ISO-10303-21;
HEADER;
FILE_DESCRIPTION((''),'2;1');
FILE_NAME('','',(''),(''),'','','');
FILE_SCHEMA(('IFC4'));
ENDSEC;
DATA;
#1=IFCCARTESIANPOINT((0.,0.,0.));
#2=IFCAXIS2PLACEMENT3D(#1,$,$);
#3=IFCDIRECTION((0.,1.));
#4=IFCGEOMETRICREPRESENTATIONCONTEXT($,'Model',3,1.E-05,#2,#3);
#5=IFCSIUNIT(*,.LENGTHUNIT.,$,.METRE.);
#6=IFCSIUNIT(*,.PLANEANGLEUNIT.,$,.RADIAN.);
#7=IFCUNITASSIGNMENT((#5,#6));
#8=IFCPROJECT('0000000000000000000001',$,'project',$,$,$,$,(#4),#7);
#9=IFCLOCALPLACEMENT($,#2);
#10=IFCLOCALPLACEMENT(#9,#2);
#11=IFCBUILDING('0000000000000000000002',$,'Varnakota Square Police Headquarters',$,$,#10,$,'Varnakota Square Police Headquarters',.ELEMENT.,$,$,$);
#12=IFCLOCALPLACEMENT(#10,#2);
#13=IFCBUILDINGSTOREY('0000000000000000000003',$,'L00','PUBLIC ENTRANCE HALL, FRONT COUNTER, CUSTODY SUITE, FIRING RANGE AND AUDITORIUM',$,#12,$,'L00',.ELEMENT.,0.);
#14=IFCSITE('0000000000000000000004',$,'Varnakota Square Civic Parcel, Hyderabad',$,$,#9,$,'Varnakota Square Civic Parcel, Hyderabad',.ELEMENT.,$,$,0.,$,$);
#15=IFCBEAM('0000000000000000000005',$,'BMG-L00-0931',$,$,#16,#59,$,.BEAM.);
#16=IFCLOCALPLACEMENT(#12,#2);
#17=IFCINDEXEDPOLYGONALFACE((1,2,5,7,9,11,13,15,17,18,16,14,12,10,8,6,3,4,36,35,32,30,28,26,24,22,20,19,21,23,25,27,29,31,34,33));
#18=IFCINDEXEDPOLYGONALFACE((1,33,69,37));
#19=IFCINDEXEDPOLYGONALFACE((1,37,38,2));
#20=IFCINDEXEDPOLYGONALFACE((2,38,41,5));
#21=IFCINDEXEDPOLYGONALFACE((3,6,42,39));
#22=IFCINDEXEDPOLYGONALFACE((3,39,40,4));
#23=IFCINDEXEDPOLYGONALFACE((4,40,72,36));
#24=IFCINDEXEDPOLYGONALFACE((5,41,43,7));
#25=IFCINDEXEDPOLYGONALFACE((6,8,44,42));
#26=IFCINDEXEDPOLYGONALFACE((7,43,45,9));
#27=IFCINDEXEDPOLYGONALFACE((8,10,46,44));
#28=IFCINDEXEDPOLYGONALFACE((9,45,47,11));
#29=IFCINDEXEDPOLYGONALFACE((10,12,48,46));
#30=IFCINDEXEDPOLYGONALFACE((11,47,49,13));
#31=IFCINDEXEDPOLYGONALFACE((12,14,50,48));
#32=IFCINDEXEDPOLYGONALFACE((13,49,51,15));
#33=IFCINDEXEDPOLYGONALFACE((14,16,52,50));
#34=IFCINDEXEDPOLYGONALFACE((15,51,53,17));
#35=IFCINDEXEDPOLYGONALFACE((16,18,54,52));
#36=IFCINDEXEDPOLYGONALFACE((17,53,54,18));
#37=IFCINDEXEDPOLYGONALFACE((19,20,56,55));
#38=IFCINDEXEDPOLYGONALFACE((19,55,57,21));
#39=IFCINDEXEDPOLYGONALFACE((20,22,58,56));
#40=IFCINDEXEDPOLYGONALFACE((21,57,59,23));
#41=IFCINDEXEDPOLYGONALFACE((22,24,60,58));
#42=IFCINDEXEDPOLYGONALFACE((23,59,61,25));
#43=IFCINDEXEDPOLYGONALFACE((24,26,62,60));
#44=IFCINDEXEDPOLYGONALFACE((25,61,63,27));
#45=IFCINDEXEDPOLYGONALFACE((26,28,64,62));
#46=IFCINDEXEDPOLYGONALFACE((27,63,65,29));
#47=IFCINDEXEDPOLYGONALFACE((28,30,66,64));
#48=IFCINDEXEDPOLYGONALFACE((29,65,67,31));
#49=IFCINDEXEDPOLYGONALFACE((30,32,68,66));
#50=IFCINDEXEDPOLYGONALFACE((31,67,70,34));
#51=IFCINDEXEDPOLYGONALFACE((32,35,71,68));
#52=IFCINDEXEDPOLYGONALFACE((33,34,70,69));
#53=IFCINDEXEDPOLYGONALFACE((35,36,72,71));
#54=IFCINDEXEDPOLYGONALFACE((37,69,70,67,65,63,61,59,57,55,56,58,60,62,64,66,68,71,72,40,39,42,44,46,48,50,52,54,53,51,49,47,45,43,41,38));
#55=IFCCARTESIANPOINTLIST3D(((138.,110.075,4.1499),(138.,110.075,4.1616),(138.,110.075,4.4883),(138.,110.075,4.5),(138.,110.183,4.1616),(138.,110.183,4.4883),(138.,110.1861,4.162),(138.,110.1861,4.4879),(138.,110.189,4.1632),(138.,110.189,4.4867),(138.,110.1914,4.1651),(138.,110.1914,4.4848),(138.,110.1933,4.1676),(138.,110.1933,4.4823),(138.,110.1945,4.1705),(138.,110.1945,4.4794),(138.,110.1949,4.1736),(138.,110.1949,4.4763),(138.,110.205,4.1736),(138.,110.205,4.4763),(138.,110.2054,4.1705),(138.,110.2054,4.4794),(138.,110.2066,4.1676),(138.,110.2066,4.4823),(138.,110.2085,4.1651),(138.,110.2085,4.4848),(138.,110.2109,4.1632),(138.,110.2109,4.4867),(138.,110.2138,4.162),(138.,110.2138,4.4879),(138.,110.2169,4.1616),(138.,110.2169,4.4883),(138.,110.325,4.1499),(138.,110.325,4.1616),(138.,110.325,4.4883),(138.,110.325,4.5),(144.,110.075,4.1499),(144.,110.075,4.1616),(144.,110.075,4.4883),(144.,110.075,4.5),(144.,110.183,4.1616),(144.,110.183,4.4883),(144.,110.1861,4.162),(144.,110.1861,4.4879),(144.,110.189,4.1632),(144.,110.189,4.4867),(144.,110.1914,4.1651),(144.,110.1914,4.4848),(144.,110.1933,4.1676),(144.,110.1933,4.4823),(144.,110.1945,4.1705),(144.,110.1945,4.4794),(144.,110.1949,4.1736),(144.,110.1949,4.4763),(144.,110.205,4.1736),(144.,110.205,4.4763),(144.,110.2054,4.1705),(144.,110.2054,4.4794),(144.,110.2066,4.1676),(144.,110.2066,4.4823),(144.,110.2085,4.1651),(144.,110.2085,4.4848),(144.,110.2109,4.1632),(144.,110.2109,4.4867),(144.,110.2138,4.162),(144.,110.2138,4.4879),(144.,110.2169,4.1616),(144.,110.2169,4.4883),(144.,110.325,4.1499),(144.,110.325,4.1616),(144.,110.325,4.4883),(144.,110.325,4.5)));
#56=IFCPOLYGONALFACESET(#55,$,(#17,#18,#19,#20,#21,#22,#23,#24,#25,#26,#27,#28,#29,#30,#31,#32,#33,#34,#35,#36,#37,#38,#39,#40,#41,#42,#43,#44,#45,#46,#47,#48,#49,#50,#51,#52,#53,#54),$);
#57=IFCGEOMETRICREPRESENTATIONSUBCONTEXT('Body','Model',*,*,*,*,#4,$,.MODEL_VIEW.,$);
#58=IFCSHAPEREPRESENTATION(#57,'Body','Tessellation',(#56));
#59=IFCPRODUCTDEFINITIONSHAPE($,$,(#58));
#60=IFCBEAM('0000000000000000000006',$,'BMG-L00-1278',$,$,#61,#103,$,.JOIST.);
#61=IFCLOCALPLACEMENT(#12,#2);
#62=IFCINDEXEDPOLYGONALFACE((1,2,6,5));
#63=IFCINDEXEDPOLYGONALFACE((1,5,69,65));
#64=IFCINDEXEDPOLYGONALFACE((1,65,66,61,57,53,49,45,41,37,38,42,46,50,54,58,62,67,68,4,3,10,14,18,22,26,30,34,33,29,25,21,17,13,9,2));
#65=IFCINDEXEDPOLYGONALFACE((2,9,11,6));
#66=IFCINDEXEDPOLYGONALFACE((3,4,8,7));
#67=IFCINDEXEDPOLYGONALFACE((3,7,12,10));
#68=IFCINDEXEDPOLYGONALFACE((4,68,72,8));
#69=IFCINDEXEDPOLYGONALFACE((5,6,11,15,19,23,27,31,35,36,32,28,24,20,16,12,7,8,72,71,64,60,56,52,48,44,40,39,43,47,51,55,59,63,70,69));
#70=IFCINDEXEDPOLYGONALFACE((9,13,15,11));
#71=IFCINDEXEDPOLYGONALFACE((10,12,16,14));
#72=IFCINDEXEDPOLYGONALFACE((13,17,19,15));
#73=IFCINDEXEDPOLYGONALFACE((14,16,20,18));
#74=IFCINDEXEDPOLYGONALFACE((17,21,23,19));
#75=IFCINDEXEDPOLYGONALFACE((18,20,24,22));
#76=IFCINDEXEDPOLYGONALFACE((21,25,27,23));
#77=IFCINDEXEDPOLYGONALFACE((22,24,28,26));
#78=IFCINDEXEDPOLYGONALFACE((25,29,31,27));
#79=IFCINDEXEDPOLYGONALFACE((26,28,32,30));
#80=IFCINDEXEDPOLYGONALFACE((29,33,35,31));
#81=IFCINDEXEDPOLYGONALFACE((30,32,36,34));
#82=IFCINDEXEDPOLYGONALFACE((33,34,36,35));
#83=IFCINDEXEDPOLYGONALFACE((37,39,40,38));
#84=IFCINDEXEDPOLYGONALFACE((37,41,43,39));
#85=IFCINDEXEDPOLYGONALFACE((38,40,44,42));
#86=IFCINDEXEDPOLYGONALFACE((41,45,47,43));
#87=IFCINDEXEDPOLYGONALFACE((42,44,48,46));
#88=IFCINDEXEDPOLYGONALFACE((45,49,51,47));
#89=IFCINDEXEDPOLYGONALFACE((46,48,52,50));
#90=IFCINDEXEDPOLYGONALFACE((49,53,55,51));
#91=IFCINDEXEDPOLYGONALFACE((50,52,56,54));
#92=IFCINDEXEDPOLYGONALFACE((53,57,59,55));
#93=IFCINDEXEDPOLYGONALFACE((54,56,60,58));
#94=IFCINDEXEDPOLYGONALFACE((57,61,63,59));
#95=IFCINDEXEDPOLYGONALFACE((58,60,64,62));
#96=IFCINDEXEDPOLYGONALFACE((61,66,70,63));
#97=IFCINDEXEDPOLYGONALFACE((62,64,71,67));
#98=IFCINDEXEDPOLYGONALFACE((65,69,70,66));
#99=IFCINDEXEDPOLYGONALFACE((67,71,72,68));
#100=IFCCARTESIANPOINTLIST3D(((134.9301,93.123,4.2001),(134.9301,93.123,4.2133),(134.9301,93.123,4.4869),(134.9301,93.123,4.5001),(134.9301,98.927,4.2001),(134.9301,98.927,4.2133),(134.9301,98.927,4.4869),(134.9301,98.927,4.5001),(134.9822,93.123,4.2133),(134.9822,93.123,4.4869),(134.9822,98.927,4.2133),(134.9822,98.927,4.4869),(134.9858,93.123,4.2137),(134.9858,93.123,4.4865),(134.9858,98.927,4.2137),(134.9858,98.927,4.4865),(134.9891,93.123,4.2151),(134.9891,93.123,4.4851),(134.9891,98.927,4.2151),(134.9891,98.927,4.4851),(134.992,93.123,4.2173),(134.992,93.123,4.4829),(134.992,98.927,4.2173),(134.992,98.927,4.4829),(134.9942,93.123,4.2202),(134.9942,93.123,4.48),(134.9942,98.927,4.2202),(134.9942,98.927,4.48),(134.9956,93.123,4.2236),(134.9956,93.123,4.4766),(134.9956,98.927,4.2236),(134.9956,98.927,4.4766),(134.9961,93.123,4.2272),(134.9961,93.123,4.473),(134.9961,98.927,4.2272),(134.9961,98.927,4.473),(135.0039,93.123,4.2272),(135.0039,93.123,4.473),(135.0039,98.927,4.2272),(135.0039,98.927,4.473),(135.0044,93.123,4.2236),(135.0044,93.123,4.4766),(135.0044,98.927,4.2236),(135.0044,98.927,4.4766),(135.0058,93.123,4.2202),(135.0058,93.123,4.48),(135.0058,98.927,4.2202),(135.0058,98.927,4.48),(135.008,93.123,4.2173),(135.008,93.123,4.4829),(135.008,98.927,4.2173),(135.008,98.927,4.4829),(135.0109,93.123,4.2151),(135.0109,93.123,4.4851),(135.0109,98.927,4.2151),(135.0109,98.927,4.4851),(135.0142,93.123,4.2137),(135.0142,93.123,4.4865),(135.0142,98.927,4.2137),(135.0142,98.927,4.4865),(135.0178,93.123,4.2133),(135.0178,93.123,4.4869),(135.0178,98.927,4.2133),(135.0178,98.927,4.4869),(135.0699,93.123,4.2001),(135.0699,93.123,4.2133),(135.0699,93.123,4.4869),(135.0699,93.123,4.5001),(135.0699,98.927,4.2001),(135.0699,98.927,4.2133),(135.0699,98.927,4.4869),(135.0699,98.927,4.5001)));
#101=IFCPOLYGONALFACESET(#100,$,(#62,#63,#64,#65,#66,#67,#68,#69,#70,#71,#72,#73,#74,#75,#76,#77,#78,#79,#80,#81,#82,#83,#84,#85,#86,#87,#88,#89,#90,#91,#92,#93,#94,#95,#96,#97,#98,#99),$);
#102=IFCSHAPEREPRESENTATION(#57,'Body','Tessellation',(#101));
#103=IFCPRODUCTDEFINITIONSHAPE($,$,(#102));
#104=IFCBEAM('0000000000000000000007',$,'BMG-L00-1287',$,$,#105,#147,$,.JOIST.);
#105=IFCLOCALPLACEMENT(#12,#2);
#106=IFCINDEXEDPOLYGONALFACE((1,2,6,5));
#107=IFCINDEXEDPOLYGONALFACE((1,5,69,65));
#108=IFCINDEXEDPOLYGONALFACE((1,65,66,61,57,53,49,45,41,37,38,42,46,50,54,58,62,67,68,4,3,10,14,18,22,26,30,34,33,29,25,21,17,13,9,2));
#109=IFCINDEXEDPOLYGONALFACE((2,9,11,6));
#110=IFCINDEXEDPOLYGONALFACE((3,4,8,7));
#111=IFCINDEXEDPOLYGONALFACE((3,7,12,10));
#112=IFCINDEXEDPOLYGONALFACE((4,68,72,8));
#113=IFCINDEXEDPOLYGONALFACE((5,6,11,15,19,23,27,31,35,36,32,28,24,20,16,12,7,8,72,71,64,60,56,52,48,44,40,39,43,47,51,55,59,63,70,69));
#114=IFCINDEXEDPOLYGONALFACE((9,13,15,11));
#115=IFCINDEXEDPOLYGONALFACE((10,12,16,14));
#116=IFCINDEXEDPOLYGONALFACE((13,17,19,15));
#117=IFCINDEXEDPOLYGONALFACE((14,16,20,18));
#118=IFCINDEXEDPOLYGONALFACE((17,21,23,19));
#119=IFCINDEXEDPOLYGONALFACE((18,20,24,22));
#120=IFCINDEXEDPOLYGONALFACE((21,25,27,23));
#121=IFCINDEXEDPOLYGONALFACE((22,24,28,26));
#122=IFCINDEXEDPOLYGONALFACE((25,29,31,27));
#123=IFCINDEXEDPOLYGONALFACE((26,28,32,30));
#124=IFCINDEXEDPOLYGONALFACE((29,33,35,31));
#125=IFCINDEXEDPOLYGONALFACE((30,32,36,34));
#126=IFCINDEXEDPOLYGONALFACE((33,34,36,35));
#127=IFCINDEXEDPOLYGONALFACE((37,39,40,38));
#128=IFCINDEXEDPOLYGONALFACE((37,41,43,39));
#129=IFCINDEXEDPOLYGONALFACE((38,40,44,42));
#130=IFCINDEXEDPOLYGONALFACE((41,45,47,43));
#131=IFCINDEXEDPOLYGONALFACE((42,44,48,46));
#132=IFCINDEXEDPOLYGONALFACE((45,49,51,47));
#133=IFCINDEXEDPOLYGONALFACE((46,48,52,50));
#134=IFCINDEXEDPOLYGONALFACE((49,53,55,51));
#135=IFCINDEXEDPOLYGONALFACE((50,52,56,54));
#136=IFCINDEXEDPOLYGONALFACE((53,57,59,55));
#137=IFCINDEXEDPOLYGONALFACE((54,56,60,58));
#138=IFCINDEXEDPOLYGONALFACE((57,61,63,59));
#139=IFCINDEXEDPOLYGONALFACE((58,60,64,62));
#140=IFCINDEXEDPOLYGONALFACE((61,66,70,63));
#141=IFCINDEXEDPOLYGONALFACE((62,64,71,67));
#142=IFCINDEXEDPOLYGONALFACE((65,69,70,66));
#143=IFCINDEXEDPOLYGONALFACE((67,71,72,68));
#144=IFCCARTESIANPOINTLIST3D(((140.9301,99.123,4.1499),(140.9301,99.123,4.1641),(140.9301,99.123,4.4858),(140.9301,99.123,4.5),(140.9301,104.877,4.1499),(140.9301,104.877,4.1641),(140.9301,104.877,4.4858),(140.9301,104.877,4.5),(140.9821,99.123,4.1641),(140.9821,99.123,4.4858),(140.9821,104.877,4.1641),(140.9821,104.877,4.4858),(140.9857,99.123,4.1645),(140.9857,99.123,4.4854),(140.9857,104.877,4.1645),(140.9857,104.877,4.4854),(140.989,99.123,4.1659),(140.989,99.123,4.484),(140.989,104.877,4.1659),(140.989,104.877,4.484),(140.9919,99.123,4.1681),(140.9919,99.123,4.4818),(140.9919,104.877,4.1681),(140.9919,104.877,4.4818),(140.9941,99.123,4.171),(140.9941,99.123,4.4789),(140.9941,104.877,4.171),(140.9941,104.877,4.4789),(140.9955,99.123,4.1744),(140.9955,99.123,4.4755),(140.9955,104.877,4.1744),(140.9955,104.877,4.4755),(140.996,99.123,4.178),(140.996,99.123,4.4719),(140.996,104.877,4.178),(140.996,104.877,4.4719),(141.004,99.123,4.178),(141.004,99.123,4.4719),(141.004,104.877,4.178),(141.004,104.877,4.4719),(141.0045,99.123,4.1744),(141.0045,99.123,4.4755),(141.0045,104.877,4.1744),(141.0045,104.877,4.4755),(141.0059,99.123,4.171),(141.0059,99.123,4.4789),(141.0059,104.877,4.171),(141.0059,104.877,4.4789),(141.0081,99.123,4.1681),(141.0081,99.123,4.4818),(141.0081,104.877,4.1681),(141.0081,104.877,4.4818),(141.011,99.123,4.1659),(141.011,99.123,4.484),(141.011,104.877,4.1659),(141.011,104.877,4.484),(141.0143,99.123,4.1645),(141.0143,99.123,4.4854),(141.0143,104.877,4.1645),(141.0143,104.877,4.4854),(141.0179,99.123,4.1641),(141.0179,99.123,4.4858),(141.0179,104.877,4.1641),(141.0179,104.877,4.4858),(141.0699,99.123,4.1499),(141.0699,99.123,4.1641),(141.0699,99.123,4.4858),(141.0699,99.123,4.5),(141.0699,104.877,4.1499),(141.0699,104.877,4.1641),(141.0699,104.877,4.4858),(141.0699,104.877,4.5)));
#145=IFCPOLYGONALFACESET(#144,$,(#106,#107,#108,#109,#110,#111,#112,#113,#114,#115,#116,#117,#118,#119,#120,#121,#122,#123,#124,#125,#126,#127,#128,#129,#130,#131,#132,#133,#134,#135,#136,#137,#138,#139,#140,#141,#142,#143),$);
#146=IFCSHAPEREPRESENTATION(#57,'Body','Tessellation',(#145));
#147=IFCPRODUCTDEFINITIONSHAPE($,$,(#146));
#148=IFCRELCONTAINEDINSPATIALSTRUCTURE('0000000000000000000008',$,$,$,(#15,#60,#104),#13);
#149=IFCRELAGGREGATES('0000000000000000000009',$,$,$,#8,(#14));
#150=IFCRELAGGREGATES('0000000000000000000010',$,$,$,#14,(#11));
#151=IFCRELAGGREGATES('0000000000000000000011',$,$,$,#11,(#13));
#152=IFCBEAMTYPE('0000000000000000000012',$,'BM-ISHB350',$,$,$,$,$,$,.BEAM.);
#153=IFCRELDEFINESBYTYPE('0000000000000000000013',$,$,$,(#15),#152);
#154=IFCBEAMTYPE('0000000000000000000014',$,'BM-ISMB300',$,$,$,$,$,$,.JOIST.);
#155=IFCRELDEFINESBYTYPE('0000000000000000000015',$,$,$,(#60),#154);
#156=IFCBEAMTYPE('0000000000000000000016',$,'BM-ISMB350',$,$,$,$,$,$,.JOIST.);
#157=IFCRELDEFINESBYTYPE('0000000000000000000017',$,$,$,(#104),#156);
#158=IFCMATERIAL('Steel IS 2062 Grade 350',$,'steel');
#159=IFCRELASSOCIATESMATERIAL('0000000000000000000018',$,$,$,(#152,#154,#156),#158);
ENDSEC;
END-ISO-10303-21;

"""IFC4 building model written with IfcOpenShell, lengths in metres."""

from ifc_helpers import new_model, si_unit, direction, frame, origin, origin_2d, place, context, subcontext, project, spatial, i_section, extrude, material, material_profile, profile_set, type_object, element, save


model = new_model("IFC4")

# Units and contexts
model_context = context("Model", 3, precision=1e-05, world=origin(), true_north=direction((0.0, 1.0)))
body_context = subcontext(model_context, "Body", "Model", "MODEL_VIEW")
ifc_project = project(units=[si_unit("LENGTHUNIT", "METRE"), si_unit("PLANEANGLEUNIT", "RADIAN")], contexts=[model_context])

# Site, building, storey
site_placement = place(None, origin())
site = spatial("IfcSite", under=ifc_project, at=site_placement, Name="Varnakota Square Civic Parcel, Hyderabad", LongName="Varnakota Square Civic Parcel, Hyderabad", CompositionType="ELEMENT", RefElevation=0.0)
building_placement = place(site_placement, origin())
building = spatial("IfcBuilding", under=site, at=building_placement, Name="Varnakota Square Police Headquarters", LongName="Varnakota Square Police Headquarters", CompositionType="ELEMENT")
storey_placement = place(building_placement, origin())
storey = spatial("IfcBuildingStorey", under=building, at=storey_placement, Name="L00", Description="PUBLIC ENTRANCE HALL, FRONT COUNTER, CUSTODY SUITE, FIRING RANGE AND AUDITORIUM", LongName="L00", CompositionType="ELEMENT", Elevation=0.0)

# Beams
ifc_material_1 = material(Name="Steel IS 2062 Grade 350", Category="steel")
ifc_material_profile_1 = material_profile(ifc_material_1, i_section(OverallWidth=0.25, OverallDepth=0.3501, WebThickness=0.01, FlangeThickness=0.0117, FilletRadius=0.012, at=origin_2d()), Name="ISHB 350")
ifc_profile_set_1 = profile_set([ifc_material_profile_1], Name="Steel IS 2062 Grade 350")
beam_type_1 = type_object("IfcBeamType", Name="BM-ISHB350", PredefinedType="BEAM", material=ifc_profile_set_1)
for number, where, z_axis, x_axis, name in (
    (1, (138.0, 110.2, 4.325), (1.0, 0.0, 0.0), (0.0, 1.0, 0.0), "BMG-L00-0931"),
):
    element("IfcBeam", number, at=place(storey_placement, frame(where, z_axis=z_axis, x_axis=x_axis)), inside=storey, type_object=beam_type_1, Name=name, PredefinedType="BEAM", context=body_context, shape_type="SweptSolid", body=[
        extrude(i_section(OverallWidth=0.25, OverallDepth=0.3501, WebThickness=0.01, FlangeThickness=0.0117, FilletRadius=0.012, at=origin_2d()), origin(), (0.0, 0.0, 1.0), 6.0),
    ])
ifc_material_profile_2 = material_profile(ifc_material_1, i_section(OverallWidth=0.1399, OverallDepth=0.3, WebThickness=0.0078, FlangeThickness=0.0132, FilletRadius=0.0139, at=origin_2d()), Name="ISMB 300")
ifc_profile_set_2 = profile_set([ifc_material_profile_2], Name="Steel IS 2062 Grade 350")
beam_type_2 = type_object("IfcBeamType", Name="BM-ISMB300", PredefinedType="JOIST", material=ifc_profile_set_2)
beam_1_placement = place(storey_placement, frame((135.0, 93.123, 4.3501), z_axis=(0.0, 1.0, 0.0), x_axis=(-1.0, 0.0, 0.0)))
element("IfcBeam", 2, at=beam_1_placement, inside=storey, type_object=beam_type_2, Name="BMG-L00-1278", PredefinedType="JOIST", context=body_context, shape_type="SweptSolid", body=[
    extrude(i_section(OverallWidth=0.1399, OverallDepth=0.3, WebThickness=0.0078, FlangeThickness=0.0132, FilletRadius=0.0139, at=origin_2d()), origin(), (0.0, 0.0, 1.0), 5.804),
])
ifc_material_profile_3 = material_profile(ifc_material_1, i_section(OverallWidth=0.1399, OverallDepth=0.3501, WebThickness=0.0081, FlangeThickness=0.0142, FilletRadius=0.0139, at=origin_2d()), Name="ISMB 350")
ifc_profile_set_3 = profile_set([ifc_material_profile_3], Name="Steel IS 2062 Grade 350")
beam_type_3 = type_object("IfcBeamType", Name="BM-ISMB350", PredefinedType="JOIST", material=ifc_profile_set_3)
beam_2_placement = place(storey_placement, frame((141.0, 99.123, 4.325), z_axis=(0.0, 1.0, 0.0), x_axis=(-1.0, 0.0, 0.0)))
element("IfcBeam", 3, at=beam_2_placement, inside=storey, type_object=beam_type_3, Name="BMG-L00-1287", PredefinedType="JOIST", context=body_context, shape_type="SweptSolid", body=[
    extrude(i_section(OverallWidth=0.1399, OverallDepth=0.3501, WebThickness=0.0081, FlangeThickness=0.0142, FilletRadius=0.0139, at=origin_2d()), origin(), (0.0, 0.0, 1.0), 5.7539),
])

save(model, "model.ifc")
